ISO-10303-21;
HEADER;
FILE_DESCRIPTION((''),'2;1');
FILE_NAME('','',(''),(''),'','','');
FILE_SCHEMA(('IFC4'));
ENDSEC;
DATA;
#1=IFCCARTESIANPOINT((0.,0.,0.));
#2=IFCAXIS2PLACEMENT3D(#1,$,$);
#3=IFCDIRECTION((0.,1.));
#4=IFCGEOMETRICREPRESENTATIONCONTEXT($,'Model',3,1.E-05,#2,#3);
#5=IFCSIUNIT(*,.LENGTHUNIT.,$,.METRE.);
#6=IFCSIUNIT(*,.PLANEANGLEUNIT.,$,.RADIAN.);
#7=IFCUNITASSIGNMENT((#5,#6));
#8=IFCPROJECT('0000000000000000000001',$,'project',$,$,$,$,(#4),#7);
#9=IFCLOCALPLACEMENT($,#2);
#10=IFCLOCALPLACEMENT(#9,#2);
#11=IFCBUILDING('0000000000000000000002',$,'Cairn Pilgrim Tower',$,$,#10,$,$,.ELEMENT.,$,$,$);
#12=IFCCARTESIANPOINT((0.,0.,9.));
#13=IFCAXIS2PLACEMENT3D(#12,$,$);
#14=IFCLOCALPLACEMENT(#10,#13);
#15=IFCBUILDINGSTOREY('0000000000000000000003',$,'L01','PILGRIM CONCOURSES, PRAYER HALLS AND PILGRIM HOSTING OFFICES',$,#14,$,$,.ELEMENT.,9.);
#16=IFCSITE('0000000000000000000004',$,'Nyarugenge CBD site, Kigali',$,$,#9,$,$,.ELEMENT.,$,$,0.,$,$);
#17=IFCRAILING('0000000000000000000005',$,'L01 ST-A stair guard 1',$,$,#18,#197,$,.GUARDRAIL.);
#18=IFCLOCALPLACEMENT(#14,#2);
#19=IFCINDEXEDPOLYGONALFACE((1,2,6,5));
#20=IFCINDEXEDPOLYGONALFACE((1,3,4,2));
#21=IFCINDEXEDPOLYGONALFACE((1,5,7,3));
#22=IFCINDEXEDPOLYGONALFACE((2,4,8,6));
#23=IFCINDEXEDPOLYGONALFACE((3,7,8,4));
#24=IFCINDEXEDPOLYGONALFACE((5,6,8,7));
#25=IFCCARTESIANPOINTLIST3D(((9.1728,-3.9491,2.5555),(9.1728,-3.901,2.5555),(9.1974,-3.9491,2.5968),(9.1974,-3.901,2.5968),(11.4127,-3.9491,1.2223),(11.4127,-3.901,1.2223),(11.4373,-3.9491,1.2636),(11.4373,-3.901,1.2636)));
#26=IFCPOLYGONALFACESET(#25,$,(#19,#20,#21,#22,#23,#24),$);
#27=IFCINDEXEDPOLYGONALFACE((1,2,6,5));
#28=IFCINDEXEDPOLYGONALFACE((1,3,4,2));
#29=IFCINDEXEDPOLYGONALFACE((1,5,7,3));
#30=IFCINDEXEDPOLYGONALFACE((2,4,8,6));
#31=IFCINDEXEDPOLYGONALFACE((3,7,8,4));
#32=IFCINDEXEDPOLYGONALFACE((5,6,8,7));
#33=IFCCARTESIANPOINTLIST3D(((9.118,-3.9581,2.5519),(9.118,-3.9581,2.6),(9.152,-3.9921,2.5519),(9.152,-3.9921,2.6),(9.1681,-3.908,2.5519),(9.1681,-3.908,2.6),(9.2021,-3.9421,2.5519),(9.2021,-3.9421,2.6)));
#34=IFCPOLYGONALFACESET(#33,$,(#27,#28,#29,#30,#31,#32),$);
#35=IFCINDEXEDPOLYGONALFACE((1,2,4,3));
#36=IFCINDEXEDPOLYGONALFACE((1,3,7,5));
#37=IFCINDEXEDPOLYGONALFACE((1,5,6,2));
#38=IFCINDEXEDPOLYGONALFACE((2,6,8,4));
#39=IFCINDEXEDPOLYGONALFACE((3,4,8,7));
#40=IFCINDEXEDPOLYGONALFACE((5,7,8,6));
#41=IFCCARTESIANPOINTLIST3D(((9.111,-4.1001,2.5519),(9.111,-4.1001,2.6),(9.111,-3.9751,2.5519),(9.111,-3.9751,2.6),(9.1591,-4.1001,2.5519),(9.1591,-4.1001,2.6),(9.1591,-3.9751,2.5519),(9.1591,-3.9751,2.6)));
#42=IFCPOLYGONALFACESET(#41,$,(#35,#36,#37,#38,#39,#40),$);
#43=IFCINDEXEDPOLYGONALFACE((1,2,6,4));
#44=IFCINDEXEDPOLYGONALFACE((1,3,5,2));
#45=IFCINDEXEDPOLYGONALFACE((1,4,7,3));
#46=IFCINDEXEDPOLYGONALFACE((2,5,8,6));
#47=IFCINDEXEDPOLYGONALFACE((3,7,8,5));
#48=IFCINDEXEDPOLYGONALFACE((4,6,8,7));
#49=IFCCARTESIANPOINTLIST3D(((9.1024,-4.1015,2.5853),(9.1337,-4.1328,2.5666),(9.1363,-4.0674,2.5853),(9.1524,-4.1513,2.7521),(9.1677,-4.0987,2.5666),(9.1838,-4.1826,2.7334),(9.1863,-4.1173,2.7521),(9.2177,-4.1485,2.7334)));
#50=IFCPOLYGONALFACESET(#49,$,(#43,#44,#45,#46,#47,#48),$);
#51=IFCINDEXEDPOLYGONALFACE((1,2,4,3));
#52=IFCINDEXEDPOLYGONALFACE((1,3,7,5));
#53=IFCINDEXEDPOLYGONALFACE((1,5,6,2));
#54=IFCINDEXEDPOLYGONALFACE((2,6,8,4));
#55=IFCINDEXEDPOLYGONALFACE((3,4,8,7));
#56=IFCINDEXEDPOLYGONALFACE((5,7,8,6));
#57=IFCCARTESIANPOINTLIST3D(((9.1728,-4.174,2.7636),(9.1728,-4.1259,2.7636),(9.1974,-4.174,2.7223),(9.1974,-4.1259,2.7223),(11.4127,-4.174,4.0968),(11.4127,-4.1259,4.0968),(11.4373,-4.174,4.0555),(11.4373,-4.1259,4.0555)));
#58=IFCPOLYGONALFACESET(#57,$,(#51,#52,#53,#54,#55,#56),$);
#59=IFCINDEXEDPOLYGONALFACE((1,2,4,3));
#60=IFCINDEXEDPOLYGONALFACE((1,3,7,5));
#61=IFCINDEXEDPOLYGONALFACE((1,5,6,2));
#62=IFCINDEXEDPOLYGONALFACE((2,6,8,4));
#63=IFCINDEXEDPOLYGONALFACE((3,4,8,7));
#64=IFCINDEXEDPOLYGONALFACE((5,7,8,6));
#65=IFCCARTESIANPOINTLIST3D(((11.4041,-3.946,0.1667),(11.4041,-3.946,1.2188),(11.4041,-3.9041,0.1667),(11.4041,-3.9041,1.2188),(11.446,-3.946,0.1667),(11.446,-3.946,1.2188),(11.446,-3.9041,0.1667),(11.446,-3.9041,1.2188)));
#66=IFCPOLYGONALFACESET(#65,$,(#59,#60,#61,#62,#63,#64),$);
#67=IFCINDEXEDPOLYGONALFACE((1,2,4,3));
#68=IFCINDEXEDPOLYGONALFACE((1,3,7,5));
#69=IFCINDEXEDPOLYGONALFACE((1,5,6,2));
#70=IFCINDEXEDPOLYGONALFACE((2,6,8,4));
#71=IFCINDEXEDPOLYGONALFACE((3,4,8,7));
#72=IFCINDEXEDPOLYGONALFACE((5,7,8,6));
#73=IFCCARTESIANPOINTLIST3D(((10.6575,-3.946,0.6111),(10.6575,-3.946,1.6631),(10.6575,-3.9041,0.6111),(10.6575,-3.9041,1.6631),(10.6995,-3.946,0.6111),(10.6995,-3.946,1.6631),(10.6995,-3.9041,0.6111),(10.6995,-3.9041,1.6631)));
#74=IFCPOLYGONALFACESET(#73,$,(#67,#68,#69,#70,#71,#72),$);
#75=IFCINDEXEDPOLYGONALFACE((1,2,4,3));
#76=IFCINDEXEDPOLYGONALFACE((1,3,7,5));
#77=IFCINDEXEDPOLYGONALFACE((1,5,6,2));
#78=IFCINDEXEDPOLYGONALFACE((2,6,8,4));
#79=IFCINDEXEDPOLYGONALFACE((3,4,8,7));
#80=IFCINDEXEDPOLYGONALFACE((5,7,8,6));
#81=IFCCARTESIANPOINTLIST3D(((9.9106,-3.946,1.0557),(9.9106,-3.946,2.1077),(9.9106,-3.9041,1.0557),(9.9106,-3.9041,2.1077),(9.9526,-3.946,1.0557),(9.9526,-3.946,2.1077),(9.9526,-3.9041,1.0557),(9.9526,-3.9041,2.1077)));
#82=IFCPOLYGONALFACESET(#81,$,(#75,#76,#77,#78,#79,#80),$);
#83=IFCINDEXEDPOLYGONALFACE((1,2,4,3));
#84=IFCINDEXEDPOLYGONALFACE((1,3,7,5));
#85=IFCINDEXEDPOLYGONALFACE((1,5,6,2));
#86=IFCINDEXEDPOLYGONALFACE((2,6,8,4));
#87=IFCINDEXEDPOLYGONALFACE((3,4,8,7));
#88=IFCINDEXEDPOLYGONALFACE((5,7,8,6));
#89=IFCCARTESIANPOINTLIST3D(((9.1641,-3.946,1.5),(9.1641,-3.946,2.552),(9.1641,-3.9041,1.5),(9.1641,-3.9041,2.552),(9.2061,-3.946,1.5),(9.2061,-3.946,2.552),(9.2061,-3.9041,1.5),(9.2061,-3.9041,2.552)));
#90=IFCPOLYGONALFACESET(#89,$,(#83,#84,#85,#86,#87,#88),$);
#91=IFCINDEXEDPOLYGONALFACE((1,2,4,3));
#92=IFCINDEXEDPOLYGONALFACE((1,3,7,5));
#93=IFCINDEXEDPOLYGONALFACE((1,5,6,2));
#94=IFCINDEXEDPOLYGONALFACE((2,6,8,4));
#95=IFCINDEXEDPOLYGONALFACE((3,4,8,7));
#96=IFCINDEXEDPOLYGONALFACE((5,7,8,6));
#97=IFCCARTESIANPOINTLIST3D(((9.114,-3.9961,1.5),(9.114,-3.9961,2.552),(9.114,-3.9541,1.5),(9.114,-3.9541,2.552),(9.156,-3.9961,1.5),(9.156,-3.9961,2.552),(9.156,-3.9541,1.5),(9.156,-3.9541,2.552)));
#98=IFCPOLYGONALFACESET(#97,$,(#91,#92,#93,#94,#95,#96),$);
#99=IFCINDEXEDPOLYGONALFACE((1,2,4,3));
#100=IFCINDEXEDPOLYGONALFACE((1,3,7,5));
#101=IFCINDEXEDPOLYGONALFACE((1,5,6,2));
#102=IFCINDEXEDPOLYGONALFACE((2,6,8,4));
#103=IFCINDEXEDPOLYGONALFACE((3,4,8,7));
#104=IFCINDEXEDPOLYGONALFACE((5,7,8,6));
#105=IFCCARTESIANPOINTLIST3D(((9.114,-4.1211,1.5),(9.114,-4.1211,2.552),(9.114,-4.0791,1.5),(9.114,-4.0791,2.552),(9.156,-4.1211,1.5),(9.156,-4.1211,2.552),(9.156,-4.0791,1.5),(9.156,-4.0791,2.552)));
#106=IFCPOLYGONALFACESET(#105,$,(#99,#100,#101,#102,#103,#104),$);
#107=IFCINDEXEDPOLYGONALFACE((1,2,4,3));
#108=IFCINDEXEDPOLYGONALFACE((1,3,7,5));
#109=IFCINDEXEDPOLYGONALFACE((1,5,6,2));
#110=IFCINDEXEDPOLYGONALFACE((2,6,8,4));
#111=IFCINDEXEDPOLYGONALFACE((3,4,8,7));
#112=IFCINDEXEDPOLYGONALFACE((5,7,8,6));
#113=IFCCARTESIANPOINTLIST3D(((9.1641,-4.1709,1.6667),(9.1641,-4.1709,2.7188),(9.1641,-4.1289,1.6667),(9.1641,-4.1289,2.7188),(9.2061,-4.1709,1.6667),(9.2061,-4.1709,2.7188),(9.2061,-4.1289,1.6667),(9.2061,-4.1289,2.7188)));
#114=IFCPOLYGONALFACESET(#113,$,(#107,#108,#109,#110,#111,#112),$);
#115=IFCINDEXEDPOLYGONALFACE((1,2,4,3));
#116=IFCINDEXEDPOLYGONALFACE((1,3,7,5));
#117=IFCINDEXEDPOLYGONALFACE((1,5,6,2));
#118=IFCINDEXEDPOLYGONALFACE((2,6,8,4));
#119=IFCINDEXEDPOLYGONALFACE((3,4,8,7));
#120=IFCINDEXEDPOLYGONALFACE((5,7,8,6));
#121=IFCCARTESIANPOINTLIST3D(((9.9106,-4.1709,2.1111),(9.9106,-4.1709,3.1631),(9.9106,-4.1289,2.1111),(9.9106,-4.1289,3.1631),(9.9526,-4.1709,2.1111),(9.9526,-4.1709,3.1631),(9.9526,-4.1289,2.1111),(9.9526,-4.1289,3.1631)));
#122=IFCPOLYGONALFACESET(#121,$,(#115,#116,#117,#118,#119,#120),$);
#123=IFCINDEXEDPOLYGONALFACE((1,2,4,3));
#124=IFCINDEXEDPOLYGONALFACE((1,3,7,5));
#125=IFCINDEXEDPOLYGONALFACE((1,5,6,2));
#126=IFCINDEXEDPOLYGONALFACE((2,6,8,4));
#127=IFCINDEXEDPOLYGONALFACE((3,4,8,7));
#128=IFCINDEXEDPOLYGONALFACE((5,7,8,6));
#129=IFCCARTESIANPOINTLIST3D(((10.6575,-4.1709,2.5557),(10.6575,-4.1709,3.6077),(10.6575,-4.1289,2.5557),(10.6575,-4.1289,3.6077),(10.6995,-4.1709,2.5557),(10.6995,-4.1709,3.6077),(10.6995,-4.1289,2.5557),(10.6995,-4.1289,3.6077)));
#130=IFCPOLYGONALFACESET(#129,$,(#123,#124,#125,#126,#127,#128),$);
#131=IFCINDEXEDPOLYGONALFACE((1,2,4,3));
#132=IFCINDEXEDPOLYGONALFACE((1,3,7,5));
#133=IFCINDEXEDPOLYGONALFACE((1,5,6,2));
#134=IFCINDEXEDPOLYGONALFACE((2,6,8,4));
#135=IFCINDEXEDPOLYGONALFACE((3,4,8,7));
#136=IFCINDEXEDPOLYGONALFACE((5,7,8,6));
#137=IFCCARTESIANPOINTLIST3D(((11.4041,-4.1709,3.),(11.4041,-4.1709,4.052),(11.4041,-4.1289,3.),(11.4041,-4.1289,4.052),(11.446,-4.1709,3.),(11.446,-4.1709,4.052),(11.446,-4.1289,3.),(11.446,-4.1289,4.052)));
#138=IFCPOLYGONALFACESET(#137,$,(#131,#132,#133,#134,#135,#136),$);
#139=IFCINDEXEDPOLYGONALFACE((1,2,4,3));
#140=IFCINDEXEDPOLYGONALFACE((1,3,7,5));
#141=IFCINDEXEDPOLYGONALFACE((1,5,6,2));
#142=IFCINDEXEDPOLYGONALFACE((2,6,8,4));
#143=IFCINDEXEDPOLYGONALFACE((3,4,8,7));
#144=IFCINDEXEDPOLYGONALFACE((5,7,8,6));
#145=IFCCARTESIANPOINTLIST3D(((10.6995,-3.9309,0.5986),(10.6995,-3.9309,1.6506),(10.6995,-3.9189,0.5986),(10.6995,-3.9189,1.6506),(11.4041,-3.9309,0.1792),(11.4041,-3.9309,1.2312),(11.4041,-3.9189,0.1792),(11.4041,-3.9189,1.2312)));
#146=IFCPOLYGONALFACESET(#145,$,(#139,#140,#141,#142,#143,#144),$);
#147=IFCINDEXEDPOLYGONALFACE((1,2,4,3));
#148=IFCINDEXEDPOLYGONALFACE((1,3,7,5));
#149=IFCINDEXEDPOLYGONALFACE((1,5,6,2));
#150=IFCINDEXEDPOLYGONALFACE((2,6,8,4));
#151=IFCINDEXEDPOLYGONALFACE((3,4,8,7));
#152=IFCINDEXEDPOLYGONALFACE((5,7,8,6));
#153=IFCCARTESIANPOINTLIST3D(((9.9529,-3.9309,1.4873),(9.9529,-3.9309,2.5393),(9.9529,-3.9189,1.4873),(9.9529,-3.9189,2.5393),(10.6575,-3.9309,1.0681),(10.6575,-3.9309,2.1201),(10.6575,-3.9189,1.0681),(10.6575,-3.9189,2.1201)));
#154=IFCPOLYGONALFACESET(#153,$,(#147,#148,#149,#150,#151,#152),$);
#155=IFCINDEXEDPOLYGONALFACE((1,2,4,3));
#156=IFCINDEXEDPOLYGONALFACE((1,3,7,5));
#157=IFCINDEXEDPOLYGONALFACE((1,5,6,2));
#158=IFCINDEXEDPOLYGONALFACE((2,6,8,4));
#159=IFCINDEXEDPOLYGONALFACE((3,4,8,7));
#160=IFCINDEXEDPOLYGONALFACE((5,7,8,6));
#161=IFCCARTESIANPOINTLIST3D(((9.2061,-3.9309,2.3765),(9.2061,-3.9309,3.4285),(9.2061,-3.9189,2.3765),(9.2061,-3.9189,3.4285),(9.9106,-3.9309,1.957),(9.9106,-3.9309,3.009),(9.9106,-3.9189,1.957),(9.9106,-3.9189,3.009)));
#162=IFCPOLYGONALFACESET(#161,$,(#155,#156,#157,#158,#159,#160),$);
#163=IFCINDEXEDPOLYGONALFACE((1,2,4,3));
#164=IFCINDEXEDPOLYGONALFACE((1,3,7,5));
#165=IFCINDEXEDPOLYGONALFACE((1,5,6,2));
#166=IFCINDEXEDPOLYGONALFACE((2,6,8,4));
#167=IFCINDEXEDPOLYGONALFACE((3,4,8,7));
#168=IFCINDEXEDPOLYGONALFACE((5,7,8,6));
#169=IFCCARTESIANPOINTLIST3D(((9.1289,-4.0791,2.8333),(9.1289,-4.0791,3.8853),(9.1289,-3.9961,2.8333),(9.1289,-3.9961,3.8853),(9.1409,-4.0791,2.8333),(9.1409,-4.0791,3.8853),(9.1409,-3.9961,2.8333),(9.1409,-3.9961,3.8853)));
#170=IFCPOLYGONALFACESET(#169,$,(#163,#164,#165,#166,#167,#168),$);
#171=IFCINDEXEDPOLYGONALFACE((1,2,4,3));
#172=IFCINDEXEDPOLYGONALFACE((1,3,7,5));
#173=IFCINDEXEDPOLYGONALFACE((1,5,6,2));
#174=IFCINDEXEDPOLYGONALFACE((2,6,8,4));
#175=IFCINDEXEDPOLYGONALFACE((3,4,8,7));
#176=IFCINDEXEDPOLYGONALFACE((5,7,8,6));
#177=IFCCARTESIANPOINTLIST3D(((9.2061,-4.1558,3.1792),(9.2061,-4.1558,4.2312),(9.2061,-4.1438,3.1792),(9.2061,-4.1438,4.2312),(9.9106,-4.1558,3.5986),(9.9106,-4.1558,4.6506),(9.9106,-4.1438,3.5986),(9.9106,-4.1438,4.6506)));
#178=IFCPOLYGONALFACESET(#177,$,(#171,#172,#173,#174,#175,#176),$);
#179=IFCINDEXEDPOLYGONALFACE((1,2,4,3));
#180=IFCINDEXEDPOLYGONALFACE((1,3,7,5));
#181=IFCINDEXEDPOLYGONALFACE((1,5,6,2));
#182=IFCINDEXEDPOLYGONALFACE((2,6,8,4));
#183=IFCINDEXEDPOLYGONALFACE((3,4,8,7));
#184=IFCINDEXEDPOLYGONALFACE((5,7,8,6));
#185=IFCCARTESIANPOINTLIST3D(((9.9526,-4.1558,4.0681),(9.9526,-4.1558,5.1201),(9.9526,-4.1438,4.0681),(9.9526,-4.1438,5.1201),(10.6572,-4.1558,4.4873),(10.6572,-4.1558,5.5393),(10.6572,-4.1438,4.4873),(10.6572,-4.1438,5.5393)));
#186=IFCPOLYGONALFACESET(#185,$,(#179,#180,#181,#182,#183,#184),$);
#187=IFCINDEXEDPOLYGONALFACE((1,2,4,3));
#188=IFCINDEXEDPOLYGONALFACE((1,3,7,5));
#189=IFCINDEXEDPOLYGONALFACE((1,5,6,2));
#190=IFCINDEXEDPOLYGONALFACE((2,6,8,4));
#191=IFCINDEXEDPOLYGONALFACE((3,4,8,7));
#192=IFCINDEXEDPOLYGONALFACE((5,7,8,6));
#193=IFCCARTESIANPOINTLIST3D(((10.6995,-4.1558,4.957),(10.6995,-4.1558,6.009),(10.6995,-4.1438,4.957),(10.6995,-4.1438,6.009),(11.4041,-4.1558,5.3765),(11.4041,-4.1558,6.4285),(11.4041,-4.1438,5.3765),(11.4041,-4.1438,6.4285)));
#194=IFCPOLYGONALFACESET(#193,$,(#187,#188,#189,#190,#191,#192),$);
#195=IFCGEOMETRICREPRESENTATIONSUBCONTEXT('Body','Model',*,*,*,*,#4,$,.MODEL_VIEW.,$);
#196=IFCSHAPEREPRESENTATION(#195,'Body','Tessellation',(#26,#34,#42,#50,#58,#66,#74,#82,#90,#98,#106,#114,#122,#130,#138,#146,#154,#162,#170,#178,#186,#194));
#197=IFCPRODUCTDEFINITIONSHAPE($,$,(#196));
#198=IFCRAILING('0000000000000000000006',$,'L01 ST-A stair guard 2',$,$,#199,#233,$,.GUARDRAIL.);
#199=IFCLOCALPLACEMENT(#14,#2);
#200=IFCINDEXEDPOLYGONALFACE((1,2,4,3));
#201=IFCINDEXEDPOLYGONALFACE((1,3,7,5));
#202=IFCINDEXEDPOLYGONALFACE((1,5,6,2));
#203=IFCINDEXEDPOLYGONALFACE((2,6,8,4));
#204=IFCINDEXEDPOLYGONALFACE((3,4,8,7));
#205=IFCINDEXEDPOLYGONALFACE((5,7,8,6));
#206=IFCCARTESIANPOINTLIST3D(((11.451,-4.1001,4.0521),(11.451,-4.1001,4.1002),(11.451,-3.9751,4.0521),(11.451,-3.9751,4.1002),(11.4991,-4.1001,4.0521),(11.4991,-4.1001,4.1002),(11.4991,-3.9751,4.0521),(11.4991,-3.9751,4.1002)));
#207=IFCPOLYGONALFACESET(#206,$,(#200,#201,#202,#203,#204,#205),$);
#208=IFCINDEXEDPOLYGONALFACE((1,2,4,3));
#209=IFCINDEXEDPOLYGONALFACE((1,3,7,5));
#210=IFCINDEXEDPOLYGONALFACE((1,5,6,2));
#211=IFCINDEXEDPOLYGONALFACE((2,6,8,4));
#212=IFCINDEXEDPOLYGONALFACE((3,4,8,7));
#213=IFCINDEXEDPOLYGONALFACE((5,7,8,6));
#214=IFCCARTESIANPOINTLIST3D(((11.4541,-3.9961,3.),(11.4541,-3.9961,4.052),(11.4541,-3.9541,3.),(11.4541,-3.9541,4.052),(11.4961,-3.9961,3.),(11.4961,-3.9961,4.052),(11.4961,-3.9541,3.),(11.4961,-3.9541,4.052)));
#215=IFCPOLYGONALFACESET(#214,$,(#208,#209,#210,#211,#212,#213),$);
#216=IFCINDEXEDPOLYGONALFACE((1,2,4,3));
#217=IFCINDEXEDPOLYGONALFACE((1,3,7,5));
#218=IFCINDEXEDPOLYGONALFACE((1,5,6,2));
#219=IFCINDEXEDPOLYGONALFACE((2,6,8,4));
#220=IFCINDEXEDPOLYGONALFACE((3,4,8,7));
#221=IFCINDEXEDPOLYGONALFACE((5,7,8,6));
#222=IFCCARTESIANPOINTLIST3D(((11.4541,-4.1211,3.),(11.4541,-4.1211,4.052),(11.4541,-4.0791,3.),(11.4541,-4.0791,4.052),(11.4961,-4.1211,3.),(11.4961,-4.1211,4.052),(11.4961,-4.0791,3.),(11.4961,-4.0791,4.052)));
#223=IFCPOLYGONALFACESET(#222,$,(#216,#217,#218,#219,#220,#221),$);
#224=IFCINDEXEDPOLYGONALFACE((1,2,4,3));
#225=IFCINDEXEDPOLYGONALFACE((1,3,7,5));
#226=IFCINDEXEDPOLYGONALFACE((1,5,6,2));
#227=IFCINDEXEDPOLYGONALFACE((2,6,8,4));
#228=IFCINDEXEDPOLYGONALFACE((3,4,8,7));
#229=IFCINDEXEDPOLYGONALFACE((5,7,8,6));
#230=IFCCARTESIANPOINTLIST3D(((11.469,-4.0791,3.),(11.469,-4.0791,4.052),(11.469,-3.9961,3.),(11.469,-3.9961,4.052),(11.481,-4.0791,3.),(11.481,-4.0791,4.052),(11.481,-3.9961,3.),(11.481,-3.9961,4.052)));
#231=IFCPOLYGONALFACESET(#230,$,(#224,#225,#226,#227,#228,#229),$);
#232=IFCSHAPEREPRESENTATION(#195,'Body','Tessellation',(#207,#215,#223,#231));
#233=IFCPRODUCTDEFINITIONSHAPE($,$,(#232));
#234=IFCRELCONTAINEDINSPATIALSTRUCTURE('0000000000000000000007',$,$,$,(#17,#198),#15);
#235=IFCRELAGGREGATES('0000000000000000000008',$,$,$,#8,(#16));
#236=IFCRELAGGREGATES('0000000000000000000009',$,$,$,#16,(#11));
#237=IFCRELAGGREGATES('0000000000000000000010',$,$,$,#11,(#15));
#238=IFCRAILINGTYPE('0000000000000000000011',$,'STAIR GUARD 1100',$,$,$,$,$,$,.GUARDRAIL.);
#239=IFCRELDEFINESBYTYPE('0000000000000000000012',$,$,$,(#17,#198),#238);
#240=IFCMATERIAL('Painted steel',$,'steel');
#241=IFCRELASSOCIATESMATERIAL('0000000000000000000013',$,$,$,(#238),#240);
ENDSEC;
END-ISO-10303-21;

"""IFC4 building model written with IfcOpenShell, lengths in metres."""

from ifc_helpers import new_model, si_unit, direction, frame, origin, origin_2d, place, context, subcontext, project, spatial, polyline, rectangle, outline, extrude, material, type_object, element, save


model = new_model("IFC4")

# Units and contexts
model_context = context("Model", 3, precision=1e-05, world=origin(), true_north=direction((0.0, 1.0)))
body_context = subcontext(model_context, "Body", "Model", "MODEL_VIEW")
ifc_project = project(units=[si_unit("LENGTHUNIT", "METRE"), si_unit("PLANEANGLEUNIT", "RADIAN")], contexts=[model_context])

# Site, building, storey
site_placement = place(None, origin())
site = spatial("IfcSite", under=ifc_project, at=site_placement, Name="Nyarugenge CBD site, Kigali", CompositionType="ELEMENT", RefElevation=0.0)
building_placement = place(site_placement, origin())
building = spatial("IfcBuilding", under=site, at=building_placement, Name="Cairn Pilgrim Tower", CompositionType="ELEMENT")
storey_placement = place(building_placement, frame((0.0, 0.0, 9.0)))
storey = spatial("IfcBuildingStorey", under=building, at=storey_placement, Name="L01", Description="PILGRIM CONCOURSES, PRAYER HALLS AND PILGRIM HOSTING OFFICES", CompositionType="ELEMENT", Elevation=9.0)

# Shared definitions
ifc_material_1 = material(Name="Painted steel", Category="steel")

# Railings
railing_type_1 = type_object("IfcRailingType", Name="STAIR GUARD 1100", PredefinedType="GUARDRAIL", material=ifc_material_1)
railing_1_placement = place(storey_placement, frame((11.425, -3.925, 0.1667)))
element("IfcRailing", 1, at=railing_1_placement, inside=storey, type_object=railing_type_1, Name="L01 ST-A stair guard 1", PredefinedType="GUARDRAIL", context=body_context, shape_type="SweptSolid", body=[
    extrude(rectangle(XDim=0.0481, YDim=0.0481, at=origin_2d()), frame((0.0, 0.0, 1.0762), z_axis=(-0.859306, 0.0, 0.511462), x_axis=(0.0, -1.0, 0.0)), (0.0, 0.0, 1.0), 2.6067),
    extrude(rectangle(XDim=0.0481, YDim=0.0481, at=origin_2d()), frame((-2.24, 0.0, 2.4092), z_axis=(-0.707107, -0.707107, 0.0), x_axis=(0.707107, -0.707107, 0.0)), (0.0, 0.0, 1.0), 0.0708),
    extrude(rectangle(XDim=0.0481, YDim=0.0481, at=origin_2d()), frame((-2.29, -0.05, 2.4092), z_axis=(0.0, -1.0, 0.0), x_axis=(1.0, 0.0, 0.0)), (0.0, 0.0, 1.0), 0.125),
    extrude(rectangle(XDim=0.0481, YDim=0.0481, at=origin_2d()), frame((-2.29, -0.175, 2.4092), z_axis=(0.276389, -0.275041, 0.920848), x_axis=(0.705376, 0.708834, 0.0)), (0.0, 0.0, 1.0), 0.1812),
    extrude(rectangle(XDim=0.0481, YDim=0.0481, at=origin_2d()), frame((-2.24, -0.2249, 2.5762), z_axis=(0.859306, 0.0, 0.511462), x_axis=(0.0, 1.0, 0.0)), (0.0, 0.0, 1.0), 2.6067),
    extrude(rectangle(XDim=0.042, YDim=0.042, at=origin_2d()), origin(), (0.0, 0.0, 1.0), 1.052),
    extrude(rectangle(XDim=0.042, YDim=0.042, at=origin_2d()), frame((-0.7466, 0.0, 0.4443)), (0.0, 0.0, 1.0), 1.052),
    extrude(rectangle(XDim=0.042, YDim=0.042, at=origin_2d()), frame((-1.4934, 0.0, 0.8889)), (0.0, 0.0, 1.0), 1.052),
    extrude(rectangle(XDim=0.042, YDim=0.042, at=origin_2d()), frame((-2.24, 0.0, 1.3333)), (0.0, 0.0, 1.0), 1.052),
    extrude(rectangle(XDim=0.042, YDim=0.042, at=origin_2d()), frame((-2.29, -0.05, 1.3333)), (0.0, 0.0, 1.0), 1.052),
    extrude(rectangle(XDim=0.042, YDim=0.042, at=origin_2d()), frame((-2.29, -0.175, 1.3333)), (0.0, 0.0, 1.0), 1.052),
    extrude(rectangle(XDim=0.042, YDim=0.042, at=origin_2d()), frame((-2.24, -0.2249, 1.5)), (0.0, 0.0, 1.0), 1.052),
    extrude(rectangle(XDim=0.042, YDim=0.042, at=origin_2d()), frame((-1.4934, -0.2249, 1.9443)), (0.0, 0.0, 1.0), 1.052),
    extrude(rectangle(XDim=0.042, YDim=0.042, at=origin_2d()), frame((-0.7466, -0.2249, 2.3889)), (0.0, 0.0, 1.0), 1.052),
    extrude(rectangle(XDim=0.042, YDim=0.042, at=origin_2d()), frame((0.0, -0.2249, 2.8333)), (0.0, 0.0, 1.0), 1.052),
    extrude(outline(polyline([(0.021, 0.0125), (0.7256, 0.4319), (0.7256, 1.4839), (0.021, 1.0645), (0.021, 0.0125)])), frame((0.0, -0.0059, 0.0), z_axis=(0.0, 1.0, 0.0), x_axis=(-1.0, 0.0, 0.0)), (0.0, 0.0, 1.0), 0.012),
    extrude(outline(polyline([(0.021, 0.457), (0.7256, 0.8762), (0.7256, 1.9282), (0.021, 1.509), (0.021, 0.457)])), frame((-0.7466, -0.0059, 0.4443), z_axis=(0.0, 1.0, 0.0), x_axis=(-1.0, 0.0, 0.0)), (0.0, 0.0, 1.0), 0.012),
    extrude(outline(polyline([(0.021, 0.9014), (0.7256, 1.3208), (0.7256, 2.3728), (0.021, 1.9534), (0.021, 0.9014)])), frame((-1.4934, -0.0059, 0.8889), z_axis=(0.0, 1.0, 0.0), x_axis=(-1.0, 0.0, 0.0)), (0.0, 0.0, 1.0), 0.012),
    extrude(outline(polyline([(0.021, 1.3333), (0.104, 1.3333), (0.104, 2.3853), (0.021, 2.3853), (0.021, 1.3333)])), frame((-2.2842, -0.05, 1.3333), z_axis=(-1.0, 0.0, 0.0), x_axis=(0.0, -1.0, 0.0)), (0.0, 0.0, 1.0), 0.012),
    extrude(outline(polyline([(0.021, 1.5125), (0.7256, 1.9319), (0.7256, 2.9839), (0.021, 2.5645), (0.021, 1.5125)])), frame((-2.24, -0.2188, 1.5), z_axis=(0.0, -1.0, 0.0), x_axis=(1.0, 0.0, 0.0)), (0.0, 0.0, 1.0), 0.012),
    extrude(outline(polyline([(0.021, 1.957), (0.7256, 2.3762), (0.7256, 3.4282), (0.021, 3.009), (0.021, 1.957)])), frame((-1.4934, -0.2188, 1.9443), z_axis=(0.0, -1.0, 0.0), x_axis=(1.0, 0.0, 0.0)), (0.0, 0.0, 1.0), 0.012),
    extrude(outline(polyline([(0.021, 2.4014), (0.7256, 2.8208), (0.7256, 3.8728), (0.021, 3.4534), (0.021, 2.4014)])), frame((-0.7466, -0.2188, 2.3889), z_axis=(0.0, -1.0, 0.0), x_axis=(1.0, 0.0, 0.0)), (0.0, 0.0, 1.0), 0.012),
])
railing_2_placement = place(storey_placement, frame((11.4751, -3.9751, 3.0)))
element("IfcRailing", 2, at=railing_2_placement, inside=storey, type_object=railing_type_1, Name="L01 ST-A stair guard 2", PredefinedType="GUARDRAIL", context=body_context, shape_type="SweptSolid", body=[
    extrude(rectangle(XDim=0.0481, YDim=0.0481, at=origin_2d()), frame((0.0, 0.0, 1.0762), z_axis=(0.0, -1.0, 0.0), x_axis=(1.0, 0.0, 0.0)), (0.0, 0.0, 1.0), 0.125),
    extrude(rectangle(XDim=0.042, YDim=0.042, at=origin_2d()), origin(), (0.0, 0.0, 1.0), 1.052),
    extrude(rectangle(XDim=0.042, YDim=0.042, at=origin_2d()), frame((0.0, -0.125, 0.0)), (0.0, 0.0, 1.0), 1.052),
    extrude(outline(polyline([(0.021, 0.0), (0.104, 0.0), (0.104, 1.052), (0.021, 1.052), (0.021, 0.0)])), frame((0.0059, 0.0, 0.0), z_axis=(-1.0, 0.0, 0.0), x_axis=(0.0, -1.0, 0.0)), (0.0, 0.0, 1.0), 0.012),
])

save(model, "model.ifc")
